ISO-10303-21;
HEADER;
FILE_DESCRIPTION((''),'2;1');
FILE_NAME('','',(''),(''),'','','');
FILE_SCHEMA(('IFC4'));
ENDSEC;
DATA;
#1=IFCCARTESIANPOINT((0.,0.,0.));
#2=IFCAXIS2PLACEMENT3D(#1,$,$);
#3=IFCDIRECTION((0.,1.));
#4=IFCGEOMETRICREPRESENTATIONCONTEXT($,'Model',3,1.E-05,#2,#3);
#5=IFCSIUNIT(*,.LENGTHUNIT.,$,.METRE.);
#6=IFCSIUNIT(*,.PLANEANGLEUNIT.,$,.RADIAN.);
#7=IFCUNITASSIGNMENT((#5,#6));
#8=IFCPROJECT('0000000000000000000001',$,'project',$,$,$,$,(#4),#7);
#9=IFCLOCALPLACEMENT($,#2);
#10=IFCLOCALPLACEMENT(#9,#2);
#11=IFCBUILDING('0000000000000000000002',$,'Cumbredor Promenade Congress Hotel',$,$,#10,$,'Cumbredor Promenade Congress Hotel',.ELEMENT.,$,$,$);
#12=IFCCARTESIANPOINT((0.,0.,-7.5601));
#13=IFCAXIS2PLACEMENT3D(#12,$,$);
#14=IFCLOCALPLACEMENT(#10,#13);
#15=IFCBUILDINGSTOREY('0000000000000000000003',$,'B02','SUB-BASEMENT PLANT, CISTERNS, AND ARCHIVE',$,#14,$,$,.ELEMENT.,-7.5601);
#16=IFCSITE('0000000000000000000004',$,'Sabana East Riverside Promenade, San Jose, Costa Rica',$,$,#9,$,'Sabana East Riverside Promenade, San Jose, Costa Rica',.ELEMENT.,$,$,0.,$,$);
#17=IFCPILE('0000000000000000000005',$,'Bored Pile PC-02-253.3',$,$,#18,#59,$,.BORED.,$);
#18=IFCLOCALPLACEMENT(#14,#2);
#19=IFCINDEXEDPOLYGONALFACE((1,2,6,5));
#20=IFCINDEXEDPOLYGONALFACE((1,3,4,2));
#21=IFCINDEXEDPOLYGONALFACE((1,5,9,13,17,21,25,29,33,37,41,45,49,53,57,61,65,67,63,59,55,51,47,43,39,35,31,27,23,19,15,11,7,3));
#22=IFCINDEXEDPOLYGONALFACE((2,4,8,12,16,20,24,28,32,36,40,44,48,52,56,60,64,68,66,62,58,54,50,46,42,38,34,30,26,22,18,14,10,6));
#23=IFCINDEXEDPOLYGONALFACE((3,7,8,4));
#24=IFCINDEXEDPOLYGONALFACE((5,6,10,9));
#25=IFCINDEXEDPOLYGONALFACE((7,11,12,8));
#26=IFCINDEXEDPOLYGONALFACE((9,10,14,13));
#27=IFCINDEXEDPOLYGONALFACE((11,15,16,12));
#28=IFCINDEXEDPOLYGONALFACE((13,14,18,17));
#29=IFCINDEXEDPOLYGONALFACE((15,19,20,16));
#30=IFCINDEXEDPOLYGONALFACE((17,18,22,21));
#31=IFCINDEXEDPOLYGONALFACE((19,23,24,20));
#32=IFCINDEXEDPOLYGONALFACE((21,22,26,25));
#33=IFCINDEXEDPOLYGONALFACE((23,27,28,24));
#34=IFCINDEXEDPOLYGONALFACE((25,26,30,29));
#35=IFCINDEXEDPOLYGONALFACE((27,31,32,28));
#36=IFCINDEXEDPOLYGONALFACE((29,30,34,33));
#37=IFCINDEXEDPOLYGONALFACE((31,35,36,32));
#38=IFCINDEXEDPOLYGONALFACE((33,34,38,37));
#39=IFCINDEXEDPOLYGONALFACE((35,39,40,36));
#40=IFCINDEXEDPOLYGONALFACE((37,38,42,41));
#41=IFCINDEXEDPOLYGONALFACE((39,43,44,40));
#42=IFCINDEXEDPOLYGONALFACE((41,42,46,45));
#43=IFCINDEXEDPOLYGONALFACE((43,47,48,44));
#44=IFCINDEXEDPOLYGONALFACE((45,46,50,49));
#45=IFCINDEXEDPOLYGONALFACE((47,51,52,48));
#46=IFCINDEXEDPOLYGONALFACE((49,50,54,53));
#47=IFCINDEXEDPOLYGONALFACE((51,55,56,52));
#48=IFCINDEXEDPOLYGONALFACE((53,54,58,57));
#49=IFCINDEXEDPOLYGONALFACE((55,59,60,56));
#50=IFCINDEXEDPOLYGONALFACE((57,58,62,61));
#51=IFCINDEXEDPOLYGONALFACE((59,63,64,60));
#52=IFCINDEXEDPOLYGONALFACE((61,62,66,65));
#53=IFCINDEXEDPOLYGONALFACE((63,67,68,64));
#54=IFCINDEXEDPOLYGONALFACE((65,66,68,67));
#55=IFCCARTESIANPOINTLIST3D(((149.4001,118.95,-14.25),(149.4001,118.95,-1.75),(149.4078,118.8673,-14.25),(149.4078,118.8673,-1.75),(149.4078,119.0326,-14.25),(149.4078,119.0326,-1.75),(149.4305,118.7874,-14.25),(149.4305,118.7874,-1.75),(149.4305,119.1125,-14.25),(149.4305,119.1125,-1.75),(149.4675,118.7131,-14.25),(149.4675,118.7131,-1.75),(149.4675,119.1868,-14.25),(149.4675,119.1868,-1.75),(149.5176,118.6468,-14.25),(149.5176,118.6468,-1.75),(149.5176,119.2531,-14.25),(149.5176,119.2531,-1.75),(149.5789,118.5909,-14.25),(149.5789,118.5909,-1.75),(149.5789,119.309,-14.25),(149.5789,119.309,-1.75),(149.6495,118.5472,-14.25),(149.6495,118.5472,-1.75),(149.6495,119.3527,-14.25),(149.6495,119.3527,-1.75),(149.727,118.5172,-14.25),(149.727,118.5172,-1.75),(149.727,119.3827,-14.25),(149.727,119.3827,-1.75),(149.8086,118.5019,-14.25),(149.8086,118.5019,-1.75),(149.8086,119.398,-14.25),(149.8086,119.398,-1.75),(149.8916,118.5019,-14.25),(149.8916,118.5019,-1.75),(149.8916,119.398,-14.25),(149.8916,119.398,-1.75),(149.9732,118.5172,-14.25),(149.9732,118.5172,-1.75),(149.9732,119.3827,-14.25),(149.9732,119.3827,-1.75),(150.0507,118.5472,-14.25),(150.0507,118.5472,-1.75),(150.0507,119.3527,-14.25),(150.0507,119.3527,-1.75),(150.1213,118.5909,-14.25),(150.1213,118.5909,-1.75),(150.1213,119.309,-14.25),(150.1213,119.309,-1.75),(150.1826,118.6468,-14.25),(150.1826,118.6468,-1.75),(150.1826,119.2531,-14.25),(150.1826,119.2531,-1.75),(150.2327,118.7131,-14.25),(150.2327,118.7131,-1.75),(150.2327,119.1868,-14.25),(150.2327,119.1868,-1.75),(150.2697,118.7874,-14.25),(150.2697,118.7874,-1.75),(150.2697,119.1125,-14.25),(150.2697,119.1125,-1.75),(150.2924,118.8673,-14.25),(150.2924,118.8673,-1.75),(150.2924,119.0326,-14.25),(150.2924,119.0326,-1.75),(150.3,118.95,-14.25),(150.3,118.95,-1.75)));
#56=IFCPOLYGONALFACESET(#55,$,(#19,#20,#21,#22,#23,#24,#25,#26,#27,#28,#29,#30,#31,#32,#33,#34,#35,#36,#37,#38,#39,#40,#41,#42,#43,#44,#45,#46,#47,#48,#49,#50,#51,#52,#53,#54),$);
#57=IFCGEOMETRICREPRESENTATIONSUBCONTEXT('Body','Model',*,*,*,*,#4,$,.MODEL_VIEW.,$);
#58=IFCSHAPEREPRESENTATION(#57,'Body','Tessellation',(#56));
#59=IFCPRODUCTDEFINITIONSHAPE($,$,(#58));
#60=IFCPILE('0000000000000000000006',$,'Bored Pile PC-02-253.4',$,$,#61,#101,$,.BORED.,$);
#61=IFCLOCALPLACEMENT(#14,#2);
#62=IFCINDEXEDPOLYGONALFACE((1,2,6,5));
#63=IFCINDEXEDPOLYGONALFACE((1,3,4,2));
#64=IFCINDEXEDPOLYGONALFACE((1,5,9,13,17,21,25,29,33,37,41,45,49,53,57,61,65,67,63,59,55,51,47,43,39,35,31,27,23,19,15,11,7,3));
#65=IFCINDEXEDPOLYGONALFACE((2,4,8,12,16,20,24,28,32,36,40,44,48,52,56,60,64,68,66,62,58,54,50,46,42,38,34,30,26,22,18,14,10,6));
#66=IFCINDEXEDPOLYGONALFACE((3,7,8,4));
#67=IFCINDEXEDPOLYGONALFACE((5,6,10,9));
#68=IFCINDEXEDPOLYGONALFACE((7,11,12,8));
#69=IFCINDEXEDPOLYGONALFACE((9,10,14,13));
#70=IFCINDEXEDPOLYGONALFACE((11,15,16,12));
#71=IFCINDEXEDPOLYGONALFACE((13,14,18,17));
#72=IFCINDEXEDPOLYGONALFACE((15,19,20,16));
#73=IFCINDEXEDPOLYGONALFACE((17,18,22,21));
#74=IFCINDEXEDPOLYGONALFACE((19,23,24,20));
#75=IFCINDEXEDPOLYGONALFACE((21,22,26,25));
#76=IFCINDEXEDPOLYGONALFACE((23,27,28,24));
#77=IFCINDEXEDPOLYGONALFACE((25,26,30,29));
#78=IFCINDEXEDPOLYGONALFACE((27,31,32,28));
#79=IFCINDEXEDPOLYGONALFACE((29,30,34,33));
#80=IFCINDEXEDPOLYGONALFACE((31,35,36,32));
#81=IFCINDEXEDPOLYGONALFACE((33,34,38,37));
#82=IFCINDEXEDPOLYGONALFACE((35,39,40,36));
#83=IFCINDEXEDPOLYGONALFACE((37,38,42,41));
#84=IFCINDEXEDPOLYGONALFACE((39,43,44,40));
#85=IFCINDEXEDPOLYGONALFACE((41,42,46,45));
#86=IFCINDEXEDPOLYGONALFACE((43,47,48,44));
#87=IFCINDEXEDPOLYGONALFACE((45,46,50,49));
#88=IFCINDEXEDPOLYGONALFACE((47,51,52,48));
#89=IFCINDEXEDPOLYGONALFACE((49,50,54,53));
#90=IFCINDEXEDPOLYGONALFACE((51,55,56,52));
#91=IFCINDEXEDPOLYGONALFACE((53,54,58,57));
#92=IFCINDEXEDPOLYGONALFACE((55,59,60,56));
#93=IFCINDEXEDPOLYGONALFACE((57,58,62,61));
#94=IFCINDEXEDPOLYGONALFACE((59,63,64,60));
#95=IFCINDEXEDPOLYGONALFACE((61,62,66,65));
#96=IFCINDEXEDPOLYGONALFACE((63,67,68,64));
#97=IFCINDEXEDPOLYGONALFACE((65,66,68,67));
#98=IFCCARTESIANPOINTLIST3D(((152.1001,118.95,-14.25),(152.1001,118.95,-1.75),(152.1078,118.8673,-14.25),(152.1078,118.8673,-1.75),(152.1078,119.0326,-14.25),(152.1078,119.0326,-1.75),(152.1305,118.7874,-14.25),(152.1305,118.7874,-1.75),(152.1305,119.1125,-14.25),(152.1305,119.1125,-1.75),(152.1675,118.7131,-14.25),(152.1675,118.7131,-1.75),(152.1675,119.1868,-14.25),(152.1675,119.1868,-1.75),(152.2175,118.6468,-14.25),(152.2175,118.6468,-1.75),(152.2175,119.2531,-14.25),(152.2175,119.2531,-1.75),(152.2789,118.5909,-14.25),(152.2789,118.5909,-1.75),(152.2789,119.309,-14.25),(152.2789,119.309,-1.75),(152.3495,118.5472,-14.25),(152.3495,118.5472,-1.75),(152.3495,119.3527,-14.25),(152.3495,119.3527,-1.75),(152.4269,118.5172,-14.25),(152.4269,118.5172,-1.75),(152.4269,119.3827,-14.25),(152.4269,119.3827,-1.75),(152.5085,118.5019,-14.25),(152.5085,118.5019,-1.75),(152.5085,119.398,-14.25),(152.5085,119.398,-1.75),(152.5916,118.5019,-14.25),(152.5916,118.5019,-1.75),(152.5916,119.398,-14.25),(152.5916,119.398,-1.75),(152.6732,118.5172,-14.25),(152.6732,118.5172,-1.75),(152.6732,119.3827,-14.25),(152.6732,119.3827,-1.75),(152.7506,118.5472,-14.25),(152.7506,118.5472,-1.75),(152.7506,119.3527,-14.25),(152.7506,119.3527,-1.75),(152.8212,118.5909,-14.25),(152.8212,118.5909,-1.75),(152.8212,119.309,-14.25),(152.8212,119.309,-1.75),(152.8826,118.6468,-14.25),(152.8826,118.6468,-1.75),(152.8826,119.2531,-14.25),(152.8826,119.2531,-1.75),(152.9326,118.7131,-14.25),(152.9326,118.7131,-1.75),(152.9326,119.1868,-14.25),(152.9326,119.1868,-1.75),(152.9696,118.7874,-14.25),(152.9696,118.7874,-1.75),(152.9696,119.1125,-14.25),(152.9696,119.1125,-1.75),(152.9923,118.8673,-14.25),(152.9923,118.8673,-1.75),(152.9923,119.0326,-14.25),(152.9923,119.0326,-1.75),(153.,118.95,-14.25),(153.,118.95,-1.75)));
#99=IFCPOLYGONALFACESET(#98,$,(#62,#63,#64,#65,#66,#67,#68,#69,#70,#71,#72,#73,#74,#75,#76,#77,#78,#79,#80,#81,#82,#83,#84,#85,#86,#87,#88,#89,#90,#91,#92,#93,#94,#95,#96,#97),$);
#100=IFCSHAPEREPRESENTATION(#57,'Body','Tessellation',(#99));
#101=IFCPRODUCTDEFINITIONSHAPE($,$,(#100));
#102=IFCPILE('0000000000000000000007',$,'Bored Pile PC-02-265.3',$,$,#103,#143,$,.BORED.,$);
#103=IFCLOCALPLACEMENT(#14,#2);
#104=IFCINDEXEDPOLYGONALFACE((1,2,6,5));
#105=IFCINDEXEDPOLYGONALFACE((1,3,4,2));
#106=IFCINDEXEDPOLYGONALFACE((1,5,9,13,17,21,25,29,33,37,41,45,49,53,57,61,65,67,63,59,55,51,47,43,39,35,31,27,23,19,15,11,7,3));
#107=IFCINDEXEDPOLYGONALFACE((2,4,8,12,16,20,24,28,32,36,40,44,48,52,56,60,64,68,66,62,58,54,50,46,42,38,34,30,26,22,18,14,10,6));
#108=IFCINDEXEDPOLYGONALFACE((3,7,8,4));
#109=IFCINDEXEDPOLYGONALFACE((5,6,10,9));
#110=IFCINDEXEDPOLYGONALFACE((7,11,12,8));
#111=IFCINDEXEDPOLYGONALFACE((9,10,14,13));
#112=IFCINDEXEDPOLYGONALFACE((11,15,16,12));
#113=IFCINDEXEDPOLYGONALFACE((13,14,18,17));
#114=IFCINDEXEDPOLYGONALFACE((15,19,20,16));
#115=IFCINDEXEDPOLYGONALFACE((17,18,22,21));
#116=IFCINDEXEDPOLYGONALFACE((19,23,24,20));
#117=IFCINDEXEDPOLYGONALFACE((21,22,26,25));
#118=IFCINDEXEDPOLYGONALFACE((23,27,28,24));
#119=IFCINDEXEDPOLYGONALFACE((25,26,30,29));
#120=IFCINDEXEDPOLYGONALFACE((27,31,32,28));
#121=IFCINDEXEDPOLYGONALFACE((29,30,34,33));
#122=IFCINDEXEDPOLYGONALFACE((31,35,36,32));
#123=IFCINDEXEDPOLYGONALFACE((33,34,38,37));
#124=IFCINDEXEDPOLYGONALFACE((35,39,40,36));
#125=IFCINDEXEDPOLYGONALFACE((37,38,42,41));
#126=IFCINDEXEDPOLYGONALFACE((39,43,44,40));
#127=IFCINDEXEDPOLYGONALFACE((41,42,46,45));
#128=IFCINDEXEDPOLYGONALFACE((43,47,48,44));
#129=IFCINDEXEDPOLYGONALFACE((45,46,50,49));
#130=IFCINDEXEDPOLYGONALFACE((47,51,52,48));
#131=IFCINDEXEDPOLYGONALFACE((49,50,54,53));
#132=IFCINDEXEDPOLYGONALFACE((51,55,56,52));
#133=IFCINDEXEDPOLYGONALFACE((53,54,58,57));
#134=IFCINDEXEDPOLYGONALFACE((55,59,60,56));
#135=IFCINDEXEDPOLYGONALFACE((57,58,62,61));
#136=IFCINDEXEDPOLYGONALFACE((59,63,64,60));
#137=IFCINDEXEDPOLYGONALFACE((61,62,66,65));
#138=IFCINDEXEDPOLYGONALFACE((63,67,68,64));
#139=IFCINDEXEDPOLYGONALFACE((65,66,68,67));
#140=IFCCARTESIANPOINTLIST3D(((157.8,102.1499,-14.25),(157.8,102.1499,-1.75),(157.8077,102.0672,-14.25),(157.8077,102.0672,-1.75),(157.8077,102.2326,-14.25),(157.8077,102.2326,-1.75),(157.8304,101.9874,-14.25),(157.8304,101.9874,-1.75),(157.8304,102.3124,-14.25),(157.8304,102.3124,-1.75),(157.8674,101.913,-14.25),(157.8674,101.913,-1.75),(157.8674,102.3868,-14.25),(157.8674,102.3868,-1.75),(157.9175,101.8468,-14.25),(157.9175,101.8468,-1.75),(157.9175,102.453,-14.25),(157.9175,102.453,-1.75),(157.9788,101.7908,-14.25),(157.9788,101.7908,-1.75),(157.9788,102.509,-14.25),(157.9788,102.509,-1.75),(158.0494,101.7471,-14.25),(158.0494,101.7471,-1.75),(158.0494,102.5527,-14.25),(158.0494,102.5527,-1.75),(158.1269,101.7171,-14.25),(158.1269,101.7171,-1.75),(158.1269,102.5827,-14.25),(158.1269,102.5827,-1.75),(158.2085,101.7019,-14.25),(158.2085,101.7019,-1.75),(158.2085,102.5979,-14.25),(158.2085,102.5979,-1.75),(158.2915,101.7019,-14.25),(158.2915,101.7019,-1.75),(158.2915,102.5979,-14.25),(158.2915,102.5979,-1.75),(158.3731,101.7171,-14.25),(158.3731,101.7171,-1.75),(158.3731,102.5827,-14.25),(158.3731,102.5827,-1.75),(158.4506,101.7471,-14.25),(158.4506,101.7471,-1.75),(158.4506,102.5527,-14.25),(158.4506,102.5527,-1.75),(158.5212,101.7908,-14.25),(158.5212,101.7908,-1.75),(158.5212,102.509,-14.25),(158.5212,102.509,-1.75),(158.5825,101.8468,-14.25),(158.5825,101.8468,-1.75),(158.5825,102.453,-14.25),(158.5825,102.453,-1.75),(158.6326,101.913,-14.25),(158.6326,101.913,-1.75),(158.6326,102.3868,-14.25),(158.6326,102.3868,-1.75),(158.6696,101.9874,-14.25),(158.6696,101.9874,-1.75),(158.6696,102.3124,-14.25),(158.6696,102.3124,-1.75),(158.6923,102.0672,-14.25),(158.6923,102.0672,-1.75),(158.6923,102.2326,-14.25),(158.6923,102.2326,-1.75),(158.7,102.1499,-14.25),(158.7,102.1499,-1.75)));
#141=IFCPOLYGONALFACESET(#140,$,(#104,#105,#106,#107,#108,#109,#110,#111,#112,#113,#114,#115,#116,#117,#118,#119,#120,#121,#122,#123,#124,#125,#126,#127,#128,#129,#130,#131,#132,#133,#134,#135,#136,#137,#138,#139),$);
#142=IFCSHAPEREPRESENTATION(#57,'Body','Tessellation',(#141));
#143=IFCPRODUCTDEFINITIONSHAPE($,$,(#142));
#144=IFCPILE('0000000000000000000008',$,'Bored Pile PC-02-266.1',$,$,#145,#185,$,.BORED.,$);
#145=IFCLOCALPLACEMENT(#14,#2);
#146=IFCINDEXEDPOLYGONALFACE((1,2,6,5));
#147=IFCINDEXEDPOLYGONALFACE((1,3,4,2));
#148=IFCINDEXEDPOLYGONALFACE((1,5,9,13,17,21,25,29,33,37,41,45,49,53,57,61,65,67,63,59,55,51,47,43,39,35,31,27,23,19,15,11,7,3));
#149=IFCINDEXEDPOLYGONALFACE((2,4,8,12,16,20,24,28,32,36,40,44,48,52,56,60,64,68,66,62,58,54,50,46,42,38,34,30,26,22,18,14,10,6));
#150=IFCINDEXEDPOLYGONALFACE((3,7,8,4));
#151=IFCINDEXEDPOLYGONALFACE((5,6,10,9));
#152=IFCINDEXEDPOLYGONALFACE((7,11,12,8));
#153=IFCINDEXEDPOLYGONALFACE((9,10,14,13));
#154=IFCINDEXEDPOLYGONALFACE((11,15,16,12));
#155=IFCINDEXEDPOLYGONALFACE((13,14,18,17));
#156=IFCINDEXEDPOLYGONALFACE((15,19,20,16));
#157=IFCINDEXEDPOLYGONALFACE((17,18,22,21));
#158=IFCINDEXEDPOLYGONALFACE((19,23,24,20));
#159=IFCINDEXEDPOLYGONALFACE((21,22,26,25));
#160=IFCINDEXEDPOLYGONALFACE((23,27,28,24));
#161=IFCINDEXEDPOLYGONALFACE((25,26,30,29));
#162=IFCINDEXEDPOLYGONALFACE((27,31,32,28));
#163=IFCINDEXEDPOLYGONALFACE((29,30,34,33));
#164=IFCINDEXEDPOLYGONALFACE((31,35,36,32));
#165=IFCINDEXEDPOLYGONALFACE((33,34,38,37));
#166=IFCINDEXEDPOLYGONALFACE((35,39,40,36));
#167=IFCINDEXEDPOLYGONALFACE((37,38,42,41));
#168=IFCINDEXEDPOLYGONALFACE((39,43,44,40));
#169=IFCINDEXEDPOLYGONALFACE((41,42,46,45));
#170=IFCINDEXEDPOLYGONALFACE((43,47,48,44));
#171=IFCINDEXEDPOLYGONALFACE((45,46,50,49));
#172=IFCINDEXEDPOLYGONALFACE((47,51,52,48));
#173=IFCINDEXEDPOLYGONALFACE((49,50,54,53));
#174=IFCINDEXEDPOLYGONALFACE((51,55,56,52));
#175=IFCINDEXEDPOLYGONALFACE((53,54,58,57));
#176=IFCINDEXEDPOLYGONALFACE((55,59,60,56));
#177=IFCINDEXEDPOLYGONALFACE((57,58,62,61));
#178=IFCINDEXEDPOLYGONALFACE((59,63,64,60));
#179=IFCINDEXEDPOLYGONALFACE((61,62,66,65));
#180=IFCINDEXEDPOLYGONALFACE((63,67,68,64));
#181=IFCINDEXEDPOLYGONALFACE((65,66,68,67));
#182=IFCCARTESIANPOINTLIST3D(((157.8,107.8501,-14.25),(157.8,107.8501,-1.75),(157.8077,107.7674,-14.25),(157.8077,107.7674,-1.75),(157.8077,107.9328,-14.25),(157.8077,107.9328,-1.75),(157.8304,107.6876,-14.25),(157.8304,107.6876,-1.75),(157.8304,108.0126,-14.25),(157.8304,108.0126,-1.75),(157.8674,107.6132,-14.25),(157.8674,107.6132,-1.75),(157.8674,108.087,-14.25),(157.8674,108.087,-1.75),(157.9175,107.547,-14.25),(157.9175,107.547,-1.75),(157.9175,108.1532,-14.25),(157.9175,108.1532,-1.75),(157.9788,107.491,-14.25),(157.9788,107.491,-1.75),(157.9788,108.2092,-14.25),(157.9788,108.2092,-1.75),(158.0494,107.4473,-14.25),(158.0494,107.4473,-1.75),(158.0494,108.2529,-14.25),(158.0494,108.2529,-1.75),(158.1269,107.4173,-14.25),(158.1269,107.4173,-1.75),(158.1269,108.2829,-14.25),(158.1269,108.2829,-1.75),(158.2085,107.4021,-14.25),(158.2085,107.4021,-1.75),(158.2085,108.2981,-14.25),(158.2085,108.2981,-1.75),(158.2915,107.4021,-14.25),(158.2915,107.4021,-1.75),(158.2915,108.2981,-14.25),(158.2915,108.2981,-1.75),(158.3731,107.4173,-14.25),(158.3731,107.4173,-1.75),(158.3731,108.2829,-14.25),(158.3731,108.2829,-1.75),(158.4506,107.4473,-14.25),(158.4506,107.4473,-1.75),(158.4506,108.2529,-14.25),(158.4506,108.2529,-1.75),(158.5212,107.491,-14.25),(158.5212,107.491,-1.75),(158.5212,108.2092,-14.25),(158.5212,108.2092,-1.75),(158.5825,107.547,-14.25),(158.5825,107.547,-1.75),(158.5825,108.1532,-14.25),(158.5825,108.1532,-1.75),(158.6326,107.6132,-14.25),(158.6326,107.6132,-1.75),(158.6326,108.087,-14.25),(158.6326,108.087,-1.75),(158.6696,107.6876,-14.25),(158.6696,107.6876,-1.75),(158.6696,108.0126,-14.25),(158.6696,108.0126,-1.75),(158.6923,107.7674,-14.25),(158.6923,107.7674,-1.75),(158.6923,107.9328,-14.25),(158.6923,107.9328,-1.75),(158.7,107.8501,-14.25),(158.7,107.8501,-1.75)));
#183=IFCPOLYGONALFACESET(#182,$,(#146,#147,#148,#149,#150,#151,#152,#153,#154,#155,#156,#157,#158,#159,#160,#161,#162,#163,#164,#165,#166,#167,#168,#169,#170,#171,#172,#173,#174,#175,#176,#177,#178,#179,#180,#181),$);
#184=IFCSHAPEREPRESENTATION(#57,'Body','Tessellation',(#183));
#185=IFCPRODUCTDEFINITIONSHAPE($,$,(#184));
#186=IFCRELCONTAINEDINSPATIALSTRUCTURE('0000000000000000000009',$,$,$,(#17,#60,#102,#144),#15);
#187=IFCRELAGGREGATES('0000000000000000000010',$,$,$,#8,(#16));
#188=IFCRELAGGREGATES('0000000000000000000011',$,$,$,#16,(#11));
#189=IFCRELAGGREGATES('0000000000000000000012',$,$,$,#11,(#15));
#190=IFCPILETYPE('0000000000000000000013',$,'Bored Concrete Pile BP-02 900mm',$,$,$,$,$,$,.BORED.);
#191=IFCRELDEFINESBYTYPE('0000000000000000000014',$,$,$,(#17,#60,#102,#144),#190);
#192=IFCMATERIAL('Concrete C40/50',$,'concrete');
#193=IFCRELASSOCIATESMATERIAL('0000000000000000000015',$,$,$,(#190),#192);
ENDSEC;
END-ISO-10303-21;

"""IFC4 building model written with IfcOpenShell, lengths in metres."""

from ifc_helpers import new_model, si_unit, direction, frame, origin, origin_2d, place, context, subcontext, project, spatial, circle, extrude, material, material_profile, profile_set, type_object, element, save


model = new_model("IFC4")

# Units and contexts
model_context = context("Model", 3, precision=1e-05, world=origin(), true_north=direction((0.0, 1.0)))
body_context = subcontext(model_context, "Body", "Model", "MODEL_VIEW")
ifc_project = project(units=[si_unit("LENGTHUNIT", "METRE"), si_unit("PLANEANGLEUNIT", "RADIAN")], contexts=[model_context])

# Site, building, storey
site_placement = place(None, origin())
site = spatial("IfcSite", under=ifc_project, at=site_placement, Name="Sabana East Riverside Promenade, San Jose, Costa Rica", LongName="Sabana East Riverside Promenade, San Jose, Costa Rica", CompositionType="ELEMENT", RefElevation=0.0)
building_placement = place(site_placement, origin())
building = spatial("IfcBuilding", under=site, at=building_placement, Name="Cumbredor Promenade Congress Hotel", LongName="Cumbredor Promenade Congress Hotel", CompositionType="ELEMENT")
storey_placement = place(building_placement, frame((0.0, 0.0, -7.5601)))
storey = spatial("IfcBuildingStorey", under=building, at=storey_placement, Name="B02", Description="SUB-BASEMENT PLANT, CISTERNS, AND ARCHIVE", CompositionType="ELEMENT", Elevation=-7.5601)

# Piles
ifc_material_1 = material(Name="Concrete C40/50", Category="concrete")
ifc_material_profile_1 = material_profile(ifc_material_1, circle(Radius=0.45, at=origin_2d()), Name="PILE D900")
ifc_profile_set_1 = profile_set([ifc_material_profile_1], Name="Concrete C40/50")
pile_type = type_object("IfcPileType", Name="Bored Concrete Pile BP-02 900mm", PredefinedType="BORED", material=ifc_profile_set_1)
for number, where, z_axis, x_axis, name in (
    (1, (149.8501, 118.95, -1.75), (0.0, 0.0, -1.0), (1.0, 0.0, 0.0), "Bored Pile PC-02-253.3"),
    (2, (152.55, 118.95, -1.75), (0.0, 0.0, -1.0), (1.0, 0.0, 0.0), "Bored Pile PC-02-253.4"),
    (3, (158.25, 102.1499, -1.75), (0.0, 0.0, -1.0), (1.0, 0.0, 0.0), "Bored Pile PC-02-265.3"),
    (4, (158.25, 107.8501, -1.75), (0.0, 0.0, -1.0), (1.0, 0.0, 0.0), "Bored Pile PC-02-266.1"),
):
    element("IfcPile", number, at=place(storey_placement, frame(where, z_axis=z_axis, x_axis=x_axis)), inside=storey, type_object=pile_type, Name=name, PredefinedType="BORED", context=body_context, shape_type="SweptSolid", body=[
        extrude(circle(Radius=0.45, at=origin_2d()), origin(), (0.0, 0.0, 1.0), 12.5),
    ])

save(model, "model.ifc")
